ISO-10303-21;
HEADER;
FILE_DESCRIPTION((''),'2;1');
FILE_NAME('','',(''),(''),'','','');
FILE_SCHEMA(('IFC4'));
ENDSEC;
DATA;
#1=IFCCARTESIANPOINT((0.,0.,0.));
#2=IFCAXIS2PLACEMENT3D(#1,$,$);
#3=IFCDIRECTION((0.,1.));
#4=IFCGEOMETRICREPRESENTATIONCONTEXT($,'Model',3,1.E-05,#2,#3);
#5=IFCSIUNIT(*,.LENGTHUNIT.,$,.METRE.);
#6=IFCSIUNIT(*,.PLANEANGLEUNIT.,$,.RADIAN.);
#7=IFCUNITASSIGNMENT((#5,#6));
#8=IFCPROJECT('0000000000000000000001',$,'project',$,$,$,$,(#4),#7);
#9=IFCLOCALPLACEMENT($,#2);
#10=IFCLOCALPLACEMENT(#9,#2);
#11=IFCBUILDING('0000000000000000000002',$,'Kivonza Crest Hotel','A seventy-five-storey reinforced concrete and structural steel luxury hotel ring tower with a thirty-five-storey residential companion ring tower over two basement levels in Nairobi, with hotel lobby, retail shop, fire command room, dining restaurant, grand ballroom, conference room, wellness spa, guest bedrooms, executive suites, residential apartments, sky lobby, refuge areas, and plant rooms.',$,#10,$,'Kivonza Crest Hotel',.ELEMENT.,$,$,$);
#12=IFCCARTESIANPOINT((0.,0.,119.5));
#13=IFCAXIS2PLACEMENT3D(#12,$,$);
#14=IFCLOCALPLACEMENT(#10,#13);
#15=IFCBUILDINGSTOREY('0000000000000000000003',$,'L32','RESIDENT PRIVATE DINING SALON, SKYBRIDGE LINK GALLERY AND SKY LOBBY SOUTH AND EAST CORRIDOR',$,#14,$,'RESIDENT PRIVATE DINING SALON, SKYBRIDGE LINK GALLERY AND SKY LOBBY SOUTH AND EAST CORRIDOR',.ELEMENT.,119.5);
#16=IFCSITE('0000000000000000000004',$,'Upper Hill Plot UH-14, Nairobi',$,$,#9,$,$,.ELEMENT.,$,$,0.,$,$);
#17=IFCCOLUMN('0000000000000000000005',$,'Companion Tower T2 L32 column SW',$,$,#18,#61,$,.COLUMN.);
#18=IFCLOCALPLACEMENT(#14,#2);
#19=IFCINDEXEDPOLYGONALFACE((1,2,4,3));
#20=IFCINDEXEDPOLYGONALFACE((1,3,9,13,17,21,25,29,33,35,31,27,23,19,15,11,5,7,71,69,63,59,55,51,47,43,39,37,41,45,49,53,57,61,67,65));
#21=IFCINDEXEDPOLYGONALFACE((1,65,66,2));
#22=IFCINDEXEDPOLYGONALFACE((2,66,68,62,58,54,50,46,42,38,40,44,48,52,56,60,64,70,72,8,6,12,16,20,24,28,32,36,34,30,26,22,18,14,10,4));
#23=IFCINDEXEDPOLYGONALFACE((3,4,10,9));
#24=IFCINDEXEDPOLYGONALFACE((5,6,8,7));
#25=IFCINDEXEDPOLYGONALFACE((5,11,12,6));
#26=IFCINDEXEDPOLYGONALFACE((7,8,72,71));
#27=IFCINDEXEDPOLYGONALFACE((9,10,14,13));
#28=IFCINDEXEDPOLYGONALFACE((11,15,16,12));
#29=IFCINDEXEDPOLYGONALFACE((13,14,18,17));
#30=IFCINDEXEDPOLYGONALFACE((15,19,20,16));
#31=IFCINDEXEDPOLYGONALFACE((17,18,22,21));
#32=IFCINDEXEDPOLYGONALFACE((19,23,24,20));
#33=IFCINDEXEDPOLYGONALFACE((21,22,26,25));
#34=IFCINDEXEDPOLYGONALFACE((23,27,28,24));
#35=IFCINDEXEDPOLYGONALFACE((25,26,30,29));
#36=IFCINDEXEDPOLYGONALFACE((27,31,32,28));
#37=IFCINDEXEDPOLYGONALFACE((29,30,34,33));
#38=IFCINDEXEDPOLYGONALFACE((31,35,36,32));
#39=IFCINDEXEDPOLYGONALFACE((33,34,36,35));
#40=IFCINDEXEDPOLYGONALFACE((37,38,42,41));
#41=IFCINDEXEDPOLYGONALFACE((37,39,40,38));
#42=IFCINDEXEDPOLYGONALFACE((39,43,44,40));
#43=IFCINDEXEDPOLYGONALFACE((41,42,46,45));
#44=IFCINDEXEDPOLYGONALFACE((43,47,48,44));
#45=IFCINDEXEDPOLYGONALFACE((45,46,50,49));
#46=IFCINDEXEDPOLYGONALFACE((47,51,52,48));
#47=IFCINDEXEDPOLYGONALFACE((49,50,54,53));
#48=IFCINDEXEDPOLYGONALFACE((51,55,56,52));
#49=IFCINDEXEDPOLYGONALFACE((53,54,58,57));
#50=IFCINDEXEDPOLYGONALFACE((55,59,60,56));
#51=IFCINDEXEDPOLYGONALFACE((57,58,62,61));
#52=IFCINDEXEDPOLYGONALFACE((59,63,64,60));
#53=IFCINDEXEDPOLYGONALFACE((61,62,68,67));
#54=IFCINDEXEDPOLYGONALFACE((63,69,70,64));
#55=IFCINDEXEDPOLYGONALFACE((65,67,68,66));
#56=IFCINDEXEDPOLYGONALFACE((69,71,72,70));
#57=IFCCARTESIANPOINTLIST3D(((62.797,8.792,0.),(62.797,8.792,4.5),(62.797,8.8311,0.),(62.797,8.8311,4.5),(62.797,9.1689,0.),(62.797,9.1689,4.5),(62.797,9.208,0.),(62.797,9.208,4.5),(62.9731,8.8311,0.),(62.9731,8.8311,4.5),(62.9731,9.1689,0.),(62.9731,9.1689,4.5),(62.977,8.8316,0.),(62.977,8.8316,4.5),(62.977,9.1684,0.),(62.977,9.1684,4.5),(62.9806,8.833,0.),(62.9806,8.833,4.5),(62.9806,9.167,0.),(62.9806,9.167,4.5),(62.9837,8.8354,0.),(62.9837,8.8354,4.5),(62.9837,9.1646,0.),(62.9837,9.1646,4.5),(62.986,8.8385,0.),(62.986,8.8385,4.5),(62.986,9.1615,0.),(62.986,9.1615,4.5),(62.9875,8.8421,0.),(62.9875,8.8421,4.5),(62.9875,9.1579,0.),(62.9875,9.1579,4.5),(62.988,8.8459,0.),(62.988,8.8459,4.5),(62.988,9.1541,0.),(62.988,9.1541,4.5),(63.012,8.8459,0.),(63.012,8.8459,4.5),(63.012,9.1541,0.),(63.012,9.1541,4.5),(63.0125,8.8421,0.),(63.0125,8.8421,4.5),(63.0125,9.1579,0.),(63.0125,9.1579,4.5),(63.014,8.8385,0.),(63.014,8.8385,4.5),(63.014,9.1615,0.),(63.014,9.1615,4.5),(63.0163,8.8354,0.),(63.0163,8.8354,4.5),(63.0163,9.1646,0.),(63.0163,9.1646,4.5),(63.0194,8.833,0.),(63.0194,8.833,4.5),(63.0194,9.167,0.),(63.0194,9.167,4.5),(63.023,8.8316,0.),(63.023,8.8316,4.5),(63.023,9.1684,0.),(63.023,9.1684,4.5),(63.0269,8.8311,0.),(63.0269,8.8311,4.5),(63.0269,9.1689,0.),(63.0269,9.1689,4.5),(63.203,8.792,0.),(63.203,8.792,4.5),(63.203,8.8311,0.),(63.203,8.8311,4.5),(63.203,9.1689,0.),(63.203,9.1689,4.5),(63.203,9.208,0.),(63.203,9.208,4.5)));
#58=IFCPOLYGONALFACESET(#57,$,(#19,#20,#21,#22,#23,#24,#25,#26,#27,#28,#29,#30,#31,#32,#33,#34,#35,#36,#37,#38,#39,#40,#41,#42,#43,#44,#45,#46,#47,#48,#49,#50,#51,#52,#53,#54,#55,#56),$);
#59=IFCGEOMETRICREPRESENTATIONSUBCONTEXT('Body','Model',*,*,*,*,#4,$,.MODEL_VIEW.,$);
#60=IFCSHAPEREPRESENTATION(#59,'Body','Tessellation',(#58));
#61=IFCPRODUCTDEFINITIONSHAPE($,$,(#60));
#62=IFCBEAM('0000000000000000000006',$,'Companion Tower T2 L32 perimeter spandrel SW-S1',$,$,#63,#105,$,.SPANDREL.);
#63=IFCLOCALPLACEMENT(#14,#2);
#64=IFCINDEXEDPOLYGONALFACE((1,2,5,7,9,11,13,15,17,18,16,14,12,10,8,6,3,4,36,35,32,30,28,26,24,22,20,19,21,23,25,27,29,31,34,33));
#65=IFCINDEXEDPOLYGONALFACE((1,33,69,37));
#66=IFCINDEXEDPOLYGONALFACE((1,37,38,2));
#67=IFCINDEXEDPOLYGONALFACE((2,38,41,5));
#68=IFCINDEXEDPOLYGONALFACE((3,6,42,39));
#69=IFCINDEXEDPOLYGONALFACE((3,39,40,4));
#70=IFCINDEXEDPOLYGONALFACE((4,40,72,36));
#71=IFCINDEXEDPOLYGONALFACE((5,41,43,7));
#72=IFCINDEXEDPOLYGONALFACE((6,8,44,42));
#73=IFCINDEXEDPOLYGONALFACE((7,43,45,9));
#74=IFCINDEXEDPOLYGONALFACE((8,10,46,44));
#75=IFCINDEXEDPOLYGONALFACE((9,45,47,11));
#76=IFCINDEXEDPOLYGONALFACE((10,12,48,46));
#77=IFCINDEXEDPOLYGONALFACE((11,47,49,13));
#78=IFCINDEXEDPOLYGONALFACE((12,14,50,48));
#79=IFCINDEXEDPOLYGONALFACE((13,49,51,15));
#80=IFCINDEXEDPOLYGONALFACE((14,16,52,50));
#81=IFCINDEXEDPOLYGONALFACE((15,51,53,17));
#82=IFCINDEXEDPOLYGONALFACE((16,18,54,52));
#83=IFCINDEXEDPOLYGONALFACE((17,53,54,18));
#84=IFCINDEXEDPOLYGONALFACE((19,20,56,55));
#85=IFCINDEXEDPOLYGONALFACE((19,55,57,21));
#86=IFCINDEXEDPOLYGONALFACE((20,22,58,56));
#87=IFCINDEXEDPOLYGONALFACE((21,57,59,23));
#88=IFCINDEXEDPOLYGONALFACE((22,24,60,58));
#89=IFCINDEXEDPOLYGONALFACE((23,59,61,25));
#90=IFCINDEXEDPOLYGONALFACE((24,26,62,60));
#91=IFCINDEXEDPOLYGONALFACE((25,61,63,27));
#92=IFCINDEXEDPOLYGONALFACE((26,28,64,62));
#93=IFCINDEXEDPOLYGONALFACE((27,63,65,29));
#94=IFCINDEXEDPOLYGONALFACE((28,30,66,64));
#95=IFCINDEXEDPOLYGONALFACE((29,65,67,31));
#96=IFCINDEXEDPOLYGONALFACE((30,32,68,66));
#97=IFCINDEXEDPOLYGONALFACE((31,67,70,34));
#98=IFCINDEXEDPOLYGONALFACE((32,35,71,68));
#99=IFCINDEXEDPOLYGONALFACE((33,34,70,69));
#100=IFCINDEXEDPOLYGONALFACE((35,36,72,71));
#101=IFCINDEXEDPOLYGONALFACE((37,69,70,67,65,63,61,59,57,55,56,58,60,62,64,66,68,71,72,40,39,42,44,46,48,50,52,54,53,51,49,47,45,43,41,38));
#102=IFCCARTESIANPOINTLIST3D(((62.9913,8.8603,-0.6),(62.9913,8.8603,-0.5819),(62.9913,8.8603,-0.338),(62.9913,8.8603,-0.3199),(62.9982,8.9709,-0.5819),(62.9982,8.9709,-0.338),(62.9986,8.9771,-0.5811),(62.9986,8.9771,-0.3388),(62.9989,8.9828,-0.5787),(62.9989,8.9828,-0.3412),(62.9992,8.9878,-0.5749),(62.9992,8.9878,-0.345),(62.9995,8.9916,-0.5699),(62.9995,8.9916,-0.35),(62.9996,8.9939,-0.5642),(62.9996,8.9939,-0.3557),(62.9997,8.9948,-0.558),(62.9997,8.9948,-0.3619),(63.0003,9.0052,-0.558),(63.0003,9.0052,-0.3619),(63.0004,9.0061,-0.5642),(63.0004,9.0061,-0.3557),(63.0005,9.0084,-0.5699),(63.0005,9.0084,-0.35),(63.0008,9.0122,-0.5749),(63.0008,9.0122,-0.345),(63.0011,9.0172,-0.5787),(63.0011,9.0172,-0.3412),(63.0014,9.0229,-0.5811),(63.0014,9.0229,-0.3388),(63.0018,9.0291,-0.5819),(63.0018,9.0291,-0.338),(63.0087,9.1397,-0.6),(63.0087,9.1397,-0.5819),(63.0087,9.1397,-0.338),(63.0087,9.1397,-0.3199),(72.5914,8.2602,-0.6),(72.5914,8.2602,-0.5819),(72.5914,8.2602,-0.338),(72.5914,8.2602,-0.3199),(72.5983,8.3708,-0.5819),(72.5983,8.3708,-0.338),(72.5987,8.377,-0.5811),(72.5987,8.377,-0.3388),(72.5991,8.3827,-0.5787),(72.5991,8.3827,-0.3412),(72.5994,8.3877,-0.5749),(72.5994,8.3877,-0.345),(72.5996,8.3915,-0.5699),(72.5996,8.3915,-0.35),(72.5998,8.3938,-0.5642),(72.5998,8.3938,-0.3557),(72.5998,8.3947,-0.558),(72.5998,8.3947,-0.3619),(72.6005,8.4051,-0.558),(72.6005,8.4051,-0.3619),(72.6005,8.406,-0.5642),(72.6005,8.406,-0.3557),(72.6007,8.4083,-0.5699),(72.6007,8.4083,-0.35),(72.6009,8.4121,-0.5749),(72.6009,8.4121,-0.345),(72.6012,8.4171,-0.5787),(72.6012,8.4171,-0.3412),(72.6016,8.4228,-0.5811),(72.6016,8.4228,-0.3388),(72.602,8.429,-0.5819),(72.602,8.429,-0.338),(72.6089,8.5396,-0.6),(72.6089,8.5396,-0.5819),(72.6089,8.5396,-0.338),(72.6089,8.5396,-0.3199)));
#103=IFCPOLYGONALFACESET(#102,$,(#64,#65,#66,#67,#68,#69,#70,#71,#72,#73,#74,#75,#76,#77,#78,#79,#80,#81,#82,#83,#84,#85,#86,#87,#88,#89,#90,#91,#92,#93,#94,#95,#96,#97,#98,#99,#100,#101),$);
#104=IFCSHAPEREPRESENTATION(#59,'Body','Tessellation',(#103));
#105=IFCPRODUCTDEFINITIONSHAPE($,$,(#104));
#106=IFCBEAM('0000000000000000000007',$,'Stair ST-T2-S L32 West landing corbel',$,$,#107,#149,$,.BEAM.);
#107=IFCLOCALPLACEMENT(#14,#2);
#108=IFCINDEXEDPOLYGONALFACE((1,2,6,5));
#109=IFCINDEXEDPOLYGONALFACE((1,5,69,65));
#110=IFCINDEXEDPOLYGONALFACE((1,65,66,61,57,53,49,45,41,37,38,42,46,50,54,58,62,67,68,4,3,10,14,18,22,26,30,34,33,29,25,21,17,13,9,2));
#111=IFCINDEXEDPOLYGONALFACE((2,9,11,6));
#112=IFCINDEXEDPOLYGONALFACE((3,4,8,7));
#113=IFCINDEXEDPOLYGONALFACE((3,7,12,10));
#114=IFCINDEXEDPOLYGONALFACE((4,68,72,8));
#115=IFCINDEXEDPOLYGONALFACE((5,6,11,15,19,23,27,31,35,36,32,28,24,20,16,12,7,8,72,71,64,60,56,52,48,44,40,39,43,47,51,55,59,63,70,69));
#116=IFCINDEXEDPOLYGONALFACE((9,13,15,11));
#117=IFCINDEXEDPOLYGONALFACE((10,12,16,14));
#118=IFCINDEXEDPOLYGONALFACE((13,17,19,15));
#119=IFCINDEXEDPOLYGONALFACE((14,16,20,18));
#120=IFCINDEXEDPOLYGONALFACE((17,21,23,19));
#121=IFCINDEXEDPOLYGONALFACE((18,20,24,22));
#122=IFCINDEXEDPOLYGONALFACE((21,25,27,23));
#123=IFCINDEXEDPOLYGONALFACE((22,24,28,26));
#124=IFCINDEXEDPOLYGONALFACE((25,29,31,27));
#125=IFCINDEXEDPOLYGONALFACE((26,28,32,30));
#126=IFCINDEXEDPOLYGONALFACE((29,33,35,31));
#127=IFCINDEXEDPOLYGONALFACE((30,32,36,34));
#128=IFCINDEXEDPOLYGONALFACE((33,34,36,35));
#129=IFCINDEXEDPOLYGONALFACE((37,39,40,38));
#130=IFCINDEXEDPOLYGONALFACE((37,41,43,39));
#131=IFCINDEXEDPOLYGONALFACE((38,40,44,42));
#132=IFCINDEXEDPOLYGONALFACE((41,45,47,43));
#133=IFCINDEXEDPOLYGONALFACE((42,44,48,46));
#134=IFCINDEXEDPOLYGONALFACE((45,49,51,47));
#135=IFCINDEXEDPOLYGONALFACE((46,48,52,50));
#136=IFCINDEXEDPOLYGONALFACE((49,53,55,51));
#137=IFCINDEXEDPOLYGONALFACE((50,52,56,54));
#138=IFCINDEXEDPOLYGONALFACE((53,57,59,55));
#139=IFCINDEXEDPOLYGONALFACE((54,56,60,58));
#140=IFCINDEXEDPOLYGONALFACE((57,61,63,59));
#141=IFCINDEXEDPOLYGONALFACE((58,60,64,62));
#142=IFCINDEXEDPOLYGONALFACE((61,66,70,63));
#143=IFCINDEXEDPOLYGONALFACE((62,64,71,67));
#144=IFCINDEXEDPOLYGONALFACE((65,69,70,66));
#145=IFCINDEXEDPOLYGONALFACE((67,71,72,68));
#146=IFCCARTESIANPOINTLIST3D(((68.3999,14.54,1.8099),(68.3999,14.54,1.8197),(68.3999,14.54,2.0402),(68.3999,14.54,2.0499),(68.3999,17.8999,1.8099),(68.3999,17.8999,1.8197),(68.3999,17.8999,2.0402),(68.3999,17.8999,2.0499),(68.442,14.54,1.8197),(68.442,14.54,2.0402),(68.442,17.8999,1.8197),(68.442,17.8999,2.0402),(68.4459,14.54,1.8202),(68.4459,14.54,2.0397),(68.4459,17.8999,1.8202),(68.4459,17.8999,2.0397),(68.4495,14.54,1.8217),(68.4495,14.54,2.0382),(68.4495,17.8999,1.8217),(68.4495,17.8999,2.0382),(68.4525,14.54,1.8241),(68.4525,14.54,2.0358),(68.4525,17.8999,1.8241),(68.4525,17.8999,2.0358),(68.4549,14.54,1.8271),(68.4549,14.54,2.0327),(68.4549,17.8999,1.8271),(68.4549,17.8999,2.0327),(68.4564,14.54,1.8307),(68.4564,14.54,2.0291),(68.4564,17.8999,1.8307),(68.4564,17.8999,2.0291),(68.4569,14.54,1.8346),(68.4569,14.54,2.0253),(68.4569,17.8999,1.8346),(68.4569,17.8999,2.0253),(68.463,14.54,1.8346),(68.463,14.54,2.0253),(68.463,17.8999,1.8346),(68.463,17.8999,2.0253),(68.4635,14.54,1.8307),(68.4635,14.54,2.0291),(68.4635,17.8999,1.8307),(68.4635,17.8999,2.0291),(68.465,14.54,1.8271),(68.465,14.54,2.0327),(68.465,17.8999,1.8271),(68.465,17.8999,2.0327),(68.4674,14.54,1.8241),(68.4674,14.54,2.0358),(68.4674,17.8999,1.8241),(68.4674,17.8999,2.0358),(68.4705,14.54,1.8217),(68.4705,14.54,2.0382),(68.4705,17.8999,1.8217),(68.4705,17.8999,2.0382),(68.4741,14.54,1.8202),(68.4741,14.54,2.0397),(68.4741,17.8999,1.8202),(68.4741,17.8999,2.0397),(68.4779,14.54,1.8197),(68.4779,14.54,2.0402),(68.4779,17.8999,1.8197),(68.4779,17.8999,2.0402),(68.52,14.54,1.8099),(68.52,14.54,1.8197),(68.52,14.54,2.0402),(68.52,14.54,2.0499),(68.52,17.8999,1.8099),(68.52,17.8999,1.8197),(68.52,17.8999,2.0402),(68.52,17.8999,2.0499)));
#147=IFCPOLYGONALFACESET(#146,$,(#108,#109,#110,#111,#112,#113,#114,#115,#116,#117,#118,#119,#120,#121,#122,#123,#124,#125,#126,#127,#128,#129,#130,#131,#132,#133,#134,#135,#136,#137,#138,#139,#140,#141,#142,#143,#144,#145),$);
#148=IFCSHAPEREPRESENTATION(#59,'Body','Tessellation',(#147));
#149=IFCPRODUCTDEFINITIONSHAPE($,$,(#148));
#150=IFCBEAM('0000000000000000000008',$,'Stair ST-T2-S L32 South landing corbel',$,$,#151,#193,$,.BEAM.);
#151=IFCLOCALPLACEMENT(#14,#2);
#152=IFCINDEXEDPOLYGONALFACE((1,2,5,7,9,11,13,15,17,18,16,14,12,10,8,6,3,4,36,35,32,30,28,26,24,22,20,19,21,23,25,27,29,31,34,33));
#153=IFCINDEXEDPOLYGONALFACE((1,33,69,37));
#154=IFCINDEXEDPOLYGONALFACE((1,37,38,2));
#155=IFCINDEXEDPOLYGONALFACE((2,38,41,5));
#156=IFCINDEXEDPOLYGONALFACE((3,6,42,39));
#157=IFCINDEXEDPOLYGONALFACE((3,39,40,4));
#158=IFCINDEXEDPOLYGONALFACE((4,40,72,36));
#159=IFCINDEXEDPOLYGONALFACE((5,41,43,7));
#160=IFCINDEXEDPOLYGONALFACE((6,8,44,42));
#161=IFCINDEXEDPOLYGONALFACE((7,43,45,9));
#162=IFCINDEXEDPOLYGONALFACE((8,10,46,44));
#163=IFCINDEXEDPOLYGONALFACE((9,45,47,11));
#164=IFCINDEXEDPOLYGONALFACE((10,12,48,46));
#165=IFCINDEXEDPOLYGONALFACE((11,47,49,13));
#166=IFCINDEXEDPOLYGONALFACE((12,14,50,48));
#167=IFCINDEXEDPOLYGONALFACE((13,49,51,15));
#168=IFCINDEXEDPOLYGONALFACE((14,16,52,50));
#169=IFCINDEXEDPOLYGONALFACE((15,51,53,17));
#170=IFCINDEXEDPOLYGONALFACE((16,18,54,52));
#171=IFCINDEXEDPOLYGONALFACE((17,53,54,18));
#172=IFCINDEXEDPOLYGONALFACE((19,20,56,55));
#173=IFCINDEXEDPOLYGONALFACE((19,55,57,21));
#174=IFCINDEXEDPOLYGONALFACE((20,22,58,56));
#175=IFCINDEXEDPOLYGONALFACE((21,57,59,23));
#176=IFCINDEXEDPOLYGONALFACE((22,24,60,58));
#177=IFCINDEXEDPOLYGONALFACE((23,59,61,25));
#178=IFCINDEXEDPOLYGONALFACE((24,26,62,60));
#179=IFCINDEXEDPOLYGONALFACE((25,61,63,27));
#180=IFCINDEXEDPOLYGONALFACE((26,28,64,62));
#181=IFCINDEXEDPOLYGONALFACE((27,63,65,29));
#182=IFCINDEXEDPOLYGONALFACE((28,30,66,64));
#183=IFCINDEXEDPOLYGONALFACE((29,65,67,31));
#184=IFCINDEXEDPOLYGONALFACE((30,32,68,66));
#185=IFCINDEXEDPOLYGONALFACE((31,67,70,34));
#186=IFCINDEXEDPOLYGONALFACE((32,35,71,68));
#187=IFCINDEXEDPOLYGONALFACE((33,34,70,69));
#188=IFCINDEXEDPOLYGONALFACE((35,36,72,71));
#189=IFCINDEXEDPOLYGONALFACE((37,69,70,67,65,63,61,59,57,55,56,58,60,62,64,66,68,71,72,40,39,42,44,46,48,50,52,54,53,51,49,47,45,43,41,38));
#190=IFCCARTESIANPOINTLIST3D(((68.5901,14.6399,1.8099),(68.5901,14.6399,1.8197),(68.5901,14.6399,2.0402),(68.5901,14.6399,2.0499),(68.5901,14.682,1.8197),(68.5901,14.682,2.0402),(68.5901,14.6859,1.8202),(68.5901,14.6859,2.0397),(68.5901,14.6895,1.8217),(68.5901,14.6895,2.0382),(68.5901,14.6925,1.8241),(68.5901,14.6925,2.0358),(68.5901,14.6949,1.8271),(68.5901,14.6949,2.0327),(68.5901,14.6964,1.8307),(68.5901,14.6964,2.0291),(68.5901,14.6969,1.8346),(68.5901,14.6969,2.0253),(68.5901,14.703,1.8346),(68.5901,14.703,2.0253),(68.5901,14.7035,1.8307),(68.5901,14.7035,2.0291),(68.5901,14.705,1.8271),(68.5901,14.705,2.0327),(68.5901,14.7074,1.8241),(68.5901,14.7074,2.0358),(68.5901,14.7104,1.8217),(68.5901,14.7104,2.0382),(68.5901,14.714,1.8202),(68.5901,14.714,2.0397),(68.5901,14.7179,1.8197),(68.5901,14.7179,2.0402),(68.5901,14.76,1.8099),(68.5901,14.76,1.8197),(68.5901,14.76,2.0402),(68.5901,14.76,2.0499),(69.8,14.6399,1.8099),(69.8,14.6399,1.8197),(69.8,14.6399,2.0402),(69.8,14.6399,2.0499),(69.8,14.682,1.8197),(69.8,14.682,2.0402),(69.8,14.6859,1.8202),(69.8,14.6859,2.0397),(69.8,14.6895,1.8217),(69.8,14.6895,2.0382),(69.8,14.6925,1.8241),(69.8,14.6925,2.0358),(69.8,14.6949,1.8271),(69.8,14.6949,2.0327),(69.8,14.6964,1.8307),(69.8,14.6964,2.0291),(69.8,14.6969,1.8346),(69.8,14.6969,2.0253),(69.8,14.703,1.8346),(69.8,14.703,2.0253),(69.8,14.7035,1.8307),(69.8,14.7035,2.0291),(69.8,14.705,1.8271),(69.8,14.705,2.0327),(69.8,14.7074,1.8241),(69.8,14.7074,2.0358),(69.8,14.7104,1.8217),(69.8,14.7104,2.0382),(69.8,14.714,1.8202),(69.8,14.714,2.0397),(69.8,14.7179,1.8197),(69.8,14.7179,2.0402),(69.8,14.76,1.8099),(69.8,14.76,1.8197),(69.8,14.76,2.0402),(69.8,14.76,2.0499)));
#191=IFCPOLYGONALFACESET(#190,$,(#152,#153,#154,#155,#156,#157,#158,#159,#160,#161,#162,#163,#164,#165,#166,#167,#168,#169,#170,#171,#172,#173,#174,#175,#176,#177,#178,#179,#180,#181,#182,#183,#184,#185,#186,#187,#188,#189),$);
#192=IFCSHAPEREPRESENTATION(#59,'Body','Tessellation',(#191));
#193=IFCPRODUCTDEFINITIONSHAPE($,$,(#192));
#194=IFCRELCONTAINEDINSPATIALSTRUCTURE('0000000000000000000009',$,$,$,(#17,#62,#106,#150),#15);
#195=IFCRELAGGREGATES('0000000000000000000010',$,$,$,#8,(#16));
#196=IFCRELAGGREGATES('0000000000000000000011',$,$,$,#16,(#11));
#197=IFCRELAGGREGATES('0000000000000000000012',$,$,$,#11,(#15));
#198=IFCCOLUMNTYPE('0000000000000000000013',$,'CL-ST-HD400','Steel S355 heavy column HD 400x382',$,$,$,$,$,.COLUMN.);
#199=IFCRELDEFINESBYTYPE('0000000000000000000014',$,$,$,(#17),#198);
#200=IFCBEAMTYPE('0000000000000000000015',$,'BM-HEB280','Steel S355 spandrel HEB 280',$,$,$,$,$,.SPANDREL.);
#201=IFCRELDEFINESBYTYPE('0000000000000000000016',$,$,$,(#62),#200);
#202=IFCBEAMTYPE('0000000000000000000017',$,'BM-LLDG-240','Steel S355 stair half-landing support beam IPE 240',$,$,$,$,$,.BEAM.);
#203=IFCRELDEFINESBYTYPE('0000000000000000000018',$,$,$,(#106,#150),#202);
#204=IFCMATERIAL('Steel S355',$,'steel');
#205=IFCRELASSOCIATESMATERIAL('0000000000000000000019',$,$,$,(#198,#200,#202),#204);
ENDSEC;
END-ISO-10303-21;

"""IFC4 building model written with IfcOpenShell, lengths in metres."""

from ifc_helpers import new_model, si_unit, direction, frame, origin, origin_2d, place, context, subcontext, project, spatial, i_section, extrude, material, material_profile, profile_set, type_object, element, save


model = new_model("IFC4")

# Units and contexts
model_context = context("Model", 3, precision=1e-05, world=origin(), true_north=direction((0.0, 1.0)))
body_context = subcontext(model_context, "Body", "Model", "MODEL_VIEW")
ifc_project = project(units=[si_unit("LENGTHUNIT", "METRE"), si_unit("PLANEANGLEUNIT", "RADIAN")], contexts=[model_context])

# Site, building, storey
site_placement = place(None, origin())
site = spatial("IfcSite", under=ifc_project, at=site_placement, Name="Upper Hill Plot UH-14, Nairobi", CompositionType="ELEMENT", RefElevation=0.0)
building_placement = place(site_placement, origin())
building = spatial("IfcBuilding", under=site, at=building_placement, Name="Kivonza Crest Hotel", Description="A seventy-five-storey reinforced concrete and structural steel luxury hotel ring tower with a thirty-five-storey residential companion ring tower over two basement levels in Nairobi, with hotel lobby, retail shop, fire command room, dining restaurant, grand ballroom, conference room, wellness spa, guest bedrooms, executive suites, residential apartments, sky lobby, refuge areas, and plant rooms.", LongName="Kivonza Crest Hotel", CompositionType="ELEMENT")
storey_placement = place(building_placement, frame((0.0, 0.0, 119.5)))
storey = spatial("IfcBuildingStorey", under=building, at=storey_placement, Name="L32", Description="RESIDENT PRIVATE DINING SALON, SKYBRIDGE LINK GALLERY AND SKY LOBBY SOUTH AND EAST CORRIDOR", LongName="RESIDENT PRIVATE DINING SALON, SKYBRIDGE LINK GALLERY AND SKY LOBBY SOUTH AND EAST CORRIDOR", CompositionType="ELEMENT", Elevation=119.5)

# Column
ifc_material_1 = material(Name="Steel S355", Category="steel")
ifc_material_profile_1 = material_profile(ifc_material_1, i_section(OverallWidth=0.406, OverallDepth=0.416, WebThickness=0.0239, FlangeThickness=0.0391, FilletRadius=0.0149, at=origin_2d()), Name="HD 400x382")
ifc_profile_set_1 = profile_set([ifc_material_profile_1], Name="Steel S355")
column_type = type_object("IfcColumnType", Name="CL-ST-HD400", Description="Steel S355 heavy column HD 400x382", PredefinedType="COLUMN", material=ifc_profile_set_1)
column_placement = place(storey_placement, frame((63.0, 9.0, 0.0), z_axis=(0.0, 0.0, 1.0), x_axis=(1.0, 0.0, 0.0)))
element("IfcColumn", 1, at=column_placement, inside=storey, type_object=column_type, Name="Companion Tower T2 L32 column SW", PredefinedType="COLUMN", context=body_context, shape_type="SweptSolid", body=[
    extrude(i_section(OverallWidth=0.406, OverallDepth=0.416, WebThickness=0.0239, FlangeThickness=0.0391, FilletRadius=0.0149, at=origin_2d()), origin(), (0.0, 0.0, 1.0), 4.5),
])

# Beams
ifc_material_profile_2 = material_profile(ifc_material_1, i_section(OverallWidth=0.28, OverallDepth=0.28, WebThickness=0.0105, FlangeThickness=0.0181, FilletRadius=0.0239, at=origin_2d()), Name="HEB 280")
ifc_profile_set_2 = profile_set([ifc_material_profile_2], Name="Steel S355")
beam_type_1 = type_object("IfcBeamType", Name="BM-HEB280", Description="Steel S355 spandrel HEB 280", PredefinedType="SPANDREL", material=ifc_profile_set_2)
beam_1_placement = place(storey_placement, frame((63.0, 9.0, -0.46), z_axis=(0.998052, -0.062388, 0.0), x_axis=(0.062388, 0.998052, 0.0)))
element("IfcBeam", 2, at=beam_1_placement, inside=storey, type_object=beam_type_1, Name="Companion Tower T2 L32 perimeter spandrel SW-S1", PredefinedType="SPANDREL", context=body_context, shape_type="SweptSolid", body=[
    extrude(i_section(OverallWidth=0.28, OverallDepth=0.28, WebThickness=0.0105, FlangeThickness=0.0181, FilletRadius=0.0239, at=origin_2d()), origin(), (0.0, 0.0, 1.0), 9.6189),
])
ifc_material_profile_3 = material_profile(ifc_material_1, i_section(OverallWidth=0.1201, OverallDepth=0.24, WebThickness=0.0061, FlangeThickness=0.0098, FilletRadius=0.0149, at=origin_2d()), Name="IPE 240")
ifc_profile_set_3 = profile_set([ifc_material_profile_3], Name="Steel S355")
beam_type_2 = type_object("IfcBeamType", Name="BM-LLDG-240", Description="Steel S355 stair half-landing support beam IPE 240", PredefinedType="BEAM", material=ifc_profile_set_3)
beam_2_placement = place(storey_placement, frame((68.46, 14.54, 1.9299), z_axis=(0.0, 1.0, 0.0), x_axis=(-1.0, 0.0, 0.0)))
element("IfcBeam", 3, at=beam_2_placement, inside=storey, type_object=beam_type_2, Name="Stair ST-T2-S L32 West landing corbel", PredefinedType="BEAM", context=body_context, shape_type="SweptSolid", body=[
    extrude(i_section(OverallWidth=0.1201, OverallDepth=0.24, WebThickness=0.0061, FlangeThickness=0.0098, FilletRadius=0.0149, at=origin_2d()), origin(), (0.0, 0.0, 1.0), 3.3599),
])
for number, where, z_axis, x_axis, name in (
    (4, (68.5901, 14.7, 1.9299), (1.0, 0.0, 0.0), (0.0, 1.0, 0.0), "Stair ST-T2-S L32 South landing corbel"),
):
    element("IfcBeam", number, at=place(storey_placement, frame(where, z_axis=z_axis, x_axis=x_axis)), inside=storey, type_object=beam_type_2, Name=name, PredefinedType="BEAM", context=body_context, shape_type="SweptSolid", body=[
        extrude(i_section(OverallWidth=0.1201, OverallDepth=0.24, WebThickness=0.0061, FlangeThickness=0.0098, FilletRadius=0.0149, at=origin_2d()), origin(), (0.0, 0.0, 1.0), 1.21),
    ])

save(model, "model.ifc")
